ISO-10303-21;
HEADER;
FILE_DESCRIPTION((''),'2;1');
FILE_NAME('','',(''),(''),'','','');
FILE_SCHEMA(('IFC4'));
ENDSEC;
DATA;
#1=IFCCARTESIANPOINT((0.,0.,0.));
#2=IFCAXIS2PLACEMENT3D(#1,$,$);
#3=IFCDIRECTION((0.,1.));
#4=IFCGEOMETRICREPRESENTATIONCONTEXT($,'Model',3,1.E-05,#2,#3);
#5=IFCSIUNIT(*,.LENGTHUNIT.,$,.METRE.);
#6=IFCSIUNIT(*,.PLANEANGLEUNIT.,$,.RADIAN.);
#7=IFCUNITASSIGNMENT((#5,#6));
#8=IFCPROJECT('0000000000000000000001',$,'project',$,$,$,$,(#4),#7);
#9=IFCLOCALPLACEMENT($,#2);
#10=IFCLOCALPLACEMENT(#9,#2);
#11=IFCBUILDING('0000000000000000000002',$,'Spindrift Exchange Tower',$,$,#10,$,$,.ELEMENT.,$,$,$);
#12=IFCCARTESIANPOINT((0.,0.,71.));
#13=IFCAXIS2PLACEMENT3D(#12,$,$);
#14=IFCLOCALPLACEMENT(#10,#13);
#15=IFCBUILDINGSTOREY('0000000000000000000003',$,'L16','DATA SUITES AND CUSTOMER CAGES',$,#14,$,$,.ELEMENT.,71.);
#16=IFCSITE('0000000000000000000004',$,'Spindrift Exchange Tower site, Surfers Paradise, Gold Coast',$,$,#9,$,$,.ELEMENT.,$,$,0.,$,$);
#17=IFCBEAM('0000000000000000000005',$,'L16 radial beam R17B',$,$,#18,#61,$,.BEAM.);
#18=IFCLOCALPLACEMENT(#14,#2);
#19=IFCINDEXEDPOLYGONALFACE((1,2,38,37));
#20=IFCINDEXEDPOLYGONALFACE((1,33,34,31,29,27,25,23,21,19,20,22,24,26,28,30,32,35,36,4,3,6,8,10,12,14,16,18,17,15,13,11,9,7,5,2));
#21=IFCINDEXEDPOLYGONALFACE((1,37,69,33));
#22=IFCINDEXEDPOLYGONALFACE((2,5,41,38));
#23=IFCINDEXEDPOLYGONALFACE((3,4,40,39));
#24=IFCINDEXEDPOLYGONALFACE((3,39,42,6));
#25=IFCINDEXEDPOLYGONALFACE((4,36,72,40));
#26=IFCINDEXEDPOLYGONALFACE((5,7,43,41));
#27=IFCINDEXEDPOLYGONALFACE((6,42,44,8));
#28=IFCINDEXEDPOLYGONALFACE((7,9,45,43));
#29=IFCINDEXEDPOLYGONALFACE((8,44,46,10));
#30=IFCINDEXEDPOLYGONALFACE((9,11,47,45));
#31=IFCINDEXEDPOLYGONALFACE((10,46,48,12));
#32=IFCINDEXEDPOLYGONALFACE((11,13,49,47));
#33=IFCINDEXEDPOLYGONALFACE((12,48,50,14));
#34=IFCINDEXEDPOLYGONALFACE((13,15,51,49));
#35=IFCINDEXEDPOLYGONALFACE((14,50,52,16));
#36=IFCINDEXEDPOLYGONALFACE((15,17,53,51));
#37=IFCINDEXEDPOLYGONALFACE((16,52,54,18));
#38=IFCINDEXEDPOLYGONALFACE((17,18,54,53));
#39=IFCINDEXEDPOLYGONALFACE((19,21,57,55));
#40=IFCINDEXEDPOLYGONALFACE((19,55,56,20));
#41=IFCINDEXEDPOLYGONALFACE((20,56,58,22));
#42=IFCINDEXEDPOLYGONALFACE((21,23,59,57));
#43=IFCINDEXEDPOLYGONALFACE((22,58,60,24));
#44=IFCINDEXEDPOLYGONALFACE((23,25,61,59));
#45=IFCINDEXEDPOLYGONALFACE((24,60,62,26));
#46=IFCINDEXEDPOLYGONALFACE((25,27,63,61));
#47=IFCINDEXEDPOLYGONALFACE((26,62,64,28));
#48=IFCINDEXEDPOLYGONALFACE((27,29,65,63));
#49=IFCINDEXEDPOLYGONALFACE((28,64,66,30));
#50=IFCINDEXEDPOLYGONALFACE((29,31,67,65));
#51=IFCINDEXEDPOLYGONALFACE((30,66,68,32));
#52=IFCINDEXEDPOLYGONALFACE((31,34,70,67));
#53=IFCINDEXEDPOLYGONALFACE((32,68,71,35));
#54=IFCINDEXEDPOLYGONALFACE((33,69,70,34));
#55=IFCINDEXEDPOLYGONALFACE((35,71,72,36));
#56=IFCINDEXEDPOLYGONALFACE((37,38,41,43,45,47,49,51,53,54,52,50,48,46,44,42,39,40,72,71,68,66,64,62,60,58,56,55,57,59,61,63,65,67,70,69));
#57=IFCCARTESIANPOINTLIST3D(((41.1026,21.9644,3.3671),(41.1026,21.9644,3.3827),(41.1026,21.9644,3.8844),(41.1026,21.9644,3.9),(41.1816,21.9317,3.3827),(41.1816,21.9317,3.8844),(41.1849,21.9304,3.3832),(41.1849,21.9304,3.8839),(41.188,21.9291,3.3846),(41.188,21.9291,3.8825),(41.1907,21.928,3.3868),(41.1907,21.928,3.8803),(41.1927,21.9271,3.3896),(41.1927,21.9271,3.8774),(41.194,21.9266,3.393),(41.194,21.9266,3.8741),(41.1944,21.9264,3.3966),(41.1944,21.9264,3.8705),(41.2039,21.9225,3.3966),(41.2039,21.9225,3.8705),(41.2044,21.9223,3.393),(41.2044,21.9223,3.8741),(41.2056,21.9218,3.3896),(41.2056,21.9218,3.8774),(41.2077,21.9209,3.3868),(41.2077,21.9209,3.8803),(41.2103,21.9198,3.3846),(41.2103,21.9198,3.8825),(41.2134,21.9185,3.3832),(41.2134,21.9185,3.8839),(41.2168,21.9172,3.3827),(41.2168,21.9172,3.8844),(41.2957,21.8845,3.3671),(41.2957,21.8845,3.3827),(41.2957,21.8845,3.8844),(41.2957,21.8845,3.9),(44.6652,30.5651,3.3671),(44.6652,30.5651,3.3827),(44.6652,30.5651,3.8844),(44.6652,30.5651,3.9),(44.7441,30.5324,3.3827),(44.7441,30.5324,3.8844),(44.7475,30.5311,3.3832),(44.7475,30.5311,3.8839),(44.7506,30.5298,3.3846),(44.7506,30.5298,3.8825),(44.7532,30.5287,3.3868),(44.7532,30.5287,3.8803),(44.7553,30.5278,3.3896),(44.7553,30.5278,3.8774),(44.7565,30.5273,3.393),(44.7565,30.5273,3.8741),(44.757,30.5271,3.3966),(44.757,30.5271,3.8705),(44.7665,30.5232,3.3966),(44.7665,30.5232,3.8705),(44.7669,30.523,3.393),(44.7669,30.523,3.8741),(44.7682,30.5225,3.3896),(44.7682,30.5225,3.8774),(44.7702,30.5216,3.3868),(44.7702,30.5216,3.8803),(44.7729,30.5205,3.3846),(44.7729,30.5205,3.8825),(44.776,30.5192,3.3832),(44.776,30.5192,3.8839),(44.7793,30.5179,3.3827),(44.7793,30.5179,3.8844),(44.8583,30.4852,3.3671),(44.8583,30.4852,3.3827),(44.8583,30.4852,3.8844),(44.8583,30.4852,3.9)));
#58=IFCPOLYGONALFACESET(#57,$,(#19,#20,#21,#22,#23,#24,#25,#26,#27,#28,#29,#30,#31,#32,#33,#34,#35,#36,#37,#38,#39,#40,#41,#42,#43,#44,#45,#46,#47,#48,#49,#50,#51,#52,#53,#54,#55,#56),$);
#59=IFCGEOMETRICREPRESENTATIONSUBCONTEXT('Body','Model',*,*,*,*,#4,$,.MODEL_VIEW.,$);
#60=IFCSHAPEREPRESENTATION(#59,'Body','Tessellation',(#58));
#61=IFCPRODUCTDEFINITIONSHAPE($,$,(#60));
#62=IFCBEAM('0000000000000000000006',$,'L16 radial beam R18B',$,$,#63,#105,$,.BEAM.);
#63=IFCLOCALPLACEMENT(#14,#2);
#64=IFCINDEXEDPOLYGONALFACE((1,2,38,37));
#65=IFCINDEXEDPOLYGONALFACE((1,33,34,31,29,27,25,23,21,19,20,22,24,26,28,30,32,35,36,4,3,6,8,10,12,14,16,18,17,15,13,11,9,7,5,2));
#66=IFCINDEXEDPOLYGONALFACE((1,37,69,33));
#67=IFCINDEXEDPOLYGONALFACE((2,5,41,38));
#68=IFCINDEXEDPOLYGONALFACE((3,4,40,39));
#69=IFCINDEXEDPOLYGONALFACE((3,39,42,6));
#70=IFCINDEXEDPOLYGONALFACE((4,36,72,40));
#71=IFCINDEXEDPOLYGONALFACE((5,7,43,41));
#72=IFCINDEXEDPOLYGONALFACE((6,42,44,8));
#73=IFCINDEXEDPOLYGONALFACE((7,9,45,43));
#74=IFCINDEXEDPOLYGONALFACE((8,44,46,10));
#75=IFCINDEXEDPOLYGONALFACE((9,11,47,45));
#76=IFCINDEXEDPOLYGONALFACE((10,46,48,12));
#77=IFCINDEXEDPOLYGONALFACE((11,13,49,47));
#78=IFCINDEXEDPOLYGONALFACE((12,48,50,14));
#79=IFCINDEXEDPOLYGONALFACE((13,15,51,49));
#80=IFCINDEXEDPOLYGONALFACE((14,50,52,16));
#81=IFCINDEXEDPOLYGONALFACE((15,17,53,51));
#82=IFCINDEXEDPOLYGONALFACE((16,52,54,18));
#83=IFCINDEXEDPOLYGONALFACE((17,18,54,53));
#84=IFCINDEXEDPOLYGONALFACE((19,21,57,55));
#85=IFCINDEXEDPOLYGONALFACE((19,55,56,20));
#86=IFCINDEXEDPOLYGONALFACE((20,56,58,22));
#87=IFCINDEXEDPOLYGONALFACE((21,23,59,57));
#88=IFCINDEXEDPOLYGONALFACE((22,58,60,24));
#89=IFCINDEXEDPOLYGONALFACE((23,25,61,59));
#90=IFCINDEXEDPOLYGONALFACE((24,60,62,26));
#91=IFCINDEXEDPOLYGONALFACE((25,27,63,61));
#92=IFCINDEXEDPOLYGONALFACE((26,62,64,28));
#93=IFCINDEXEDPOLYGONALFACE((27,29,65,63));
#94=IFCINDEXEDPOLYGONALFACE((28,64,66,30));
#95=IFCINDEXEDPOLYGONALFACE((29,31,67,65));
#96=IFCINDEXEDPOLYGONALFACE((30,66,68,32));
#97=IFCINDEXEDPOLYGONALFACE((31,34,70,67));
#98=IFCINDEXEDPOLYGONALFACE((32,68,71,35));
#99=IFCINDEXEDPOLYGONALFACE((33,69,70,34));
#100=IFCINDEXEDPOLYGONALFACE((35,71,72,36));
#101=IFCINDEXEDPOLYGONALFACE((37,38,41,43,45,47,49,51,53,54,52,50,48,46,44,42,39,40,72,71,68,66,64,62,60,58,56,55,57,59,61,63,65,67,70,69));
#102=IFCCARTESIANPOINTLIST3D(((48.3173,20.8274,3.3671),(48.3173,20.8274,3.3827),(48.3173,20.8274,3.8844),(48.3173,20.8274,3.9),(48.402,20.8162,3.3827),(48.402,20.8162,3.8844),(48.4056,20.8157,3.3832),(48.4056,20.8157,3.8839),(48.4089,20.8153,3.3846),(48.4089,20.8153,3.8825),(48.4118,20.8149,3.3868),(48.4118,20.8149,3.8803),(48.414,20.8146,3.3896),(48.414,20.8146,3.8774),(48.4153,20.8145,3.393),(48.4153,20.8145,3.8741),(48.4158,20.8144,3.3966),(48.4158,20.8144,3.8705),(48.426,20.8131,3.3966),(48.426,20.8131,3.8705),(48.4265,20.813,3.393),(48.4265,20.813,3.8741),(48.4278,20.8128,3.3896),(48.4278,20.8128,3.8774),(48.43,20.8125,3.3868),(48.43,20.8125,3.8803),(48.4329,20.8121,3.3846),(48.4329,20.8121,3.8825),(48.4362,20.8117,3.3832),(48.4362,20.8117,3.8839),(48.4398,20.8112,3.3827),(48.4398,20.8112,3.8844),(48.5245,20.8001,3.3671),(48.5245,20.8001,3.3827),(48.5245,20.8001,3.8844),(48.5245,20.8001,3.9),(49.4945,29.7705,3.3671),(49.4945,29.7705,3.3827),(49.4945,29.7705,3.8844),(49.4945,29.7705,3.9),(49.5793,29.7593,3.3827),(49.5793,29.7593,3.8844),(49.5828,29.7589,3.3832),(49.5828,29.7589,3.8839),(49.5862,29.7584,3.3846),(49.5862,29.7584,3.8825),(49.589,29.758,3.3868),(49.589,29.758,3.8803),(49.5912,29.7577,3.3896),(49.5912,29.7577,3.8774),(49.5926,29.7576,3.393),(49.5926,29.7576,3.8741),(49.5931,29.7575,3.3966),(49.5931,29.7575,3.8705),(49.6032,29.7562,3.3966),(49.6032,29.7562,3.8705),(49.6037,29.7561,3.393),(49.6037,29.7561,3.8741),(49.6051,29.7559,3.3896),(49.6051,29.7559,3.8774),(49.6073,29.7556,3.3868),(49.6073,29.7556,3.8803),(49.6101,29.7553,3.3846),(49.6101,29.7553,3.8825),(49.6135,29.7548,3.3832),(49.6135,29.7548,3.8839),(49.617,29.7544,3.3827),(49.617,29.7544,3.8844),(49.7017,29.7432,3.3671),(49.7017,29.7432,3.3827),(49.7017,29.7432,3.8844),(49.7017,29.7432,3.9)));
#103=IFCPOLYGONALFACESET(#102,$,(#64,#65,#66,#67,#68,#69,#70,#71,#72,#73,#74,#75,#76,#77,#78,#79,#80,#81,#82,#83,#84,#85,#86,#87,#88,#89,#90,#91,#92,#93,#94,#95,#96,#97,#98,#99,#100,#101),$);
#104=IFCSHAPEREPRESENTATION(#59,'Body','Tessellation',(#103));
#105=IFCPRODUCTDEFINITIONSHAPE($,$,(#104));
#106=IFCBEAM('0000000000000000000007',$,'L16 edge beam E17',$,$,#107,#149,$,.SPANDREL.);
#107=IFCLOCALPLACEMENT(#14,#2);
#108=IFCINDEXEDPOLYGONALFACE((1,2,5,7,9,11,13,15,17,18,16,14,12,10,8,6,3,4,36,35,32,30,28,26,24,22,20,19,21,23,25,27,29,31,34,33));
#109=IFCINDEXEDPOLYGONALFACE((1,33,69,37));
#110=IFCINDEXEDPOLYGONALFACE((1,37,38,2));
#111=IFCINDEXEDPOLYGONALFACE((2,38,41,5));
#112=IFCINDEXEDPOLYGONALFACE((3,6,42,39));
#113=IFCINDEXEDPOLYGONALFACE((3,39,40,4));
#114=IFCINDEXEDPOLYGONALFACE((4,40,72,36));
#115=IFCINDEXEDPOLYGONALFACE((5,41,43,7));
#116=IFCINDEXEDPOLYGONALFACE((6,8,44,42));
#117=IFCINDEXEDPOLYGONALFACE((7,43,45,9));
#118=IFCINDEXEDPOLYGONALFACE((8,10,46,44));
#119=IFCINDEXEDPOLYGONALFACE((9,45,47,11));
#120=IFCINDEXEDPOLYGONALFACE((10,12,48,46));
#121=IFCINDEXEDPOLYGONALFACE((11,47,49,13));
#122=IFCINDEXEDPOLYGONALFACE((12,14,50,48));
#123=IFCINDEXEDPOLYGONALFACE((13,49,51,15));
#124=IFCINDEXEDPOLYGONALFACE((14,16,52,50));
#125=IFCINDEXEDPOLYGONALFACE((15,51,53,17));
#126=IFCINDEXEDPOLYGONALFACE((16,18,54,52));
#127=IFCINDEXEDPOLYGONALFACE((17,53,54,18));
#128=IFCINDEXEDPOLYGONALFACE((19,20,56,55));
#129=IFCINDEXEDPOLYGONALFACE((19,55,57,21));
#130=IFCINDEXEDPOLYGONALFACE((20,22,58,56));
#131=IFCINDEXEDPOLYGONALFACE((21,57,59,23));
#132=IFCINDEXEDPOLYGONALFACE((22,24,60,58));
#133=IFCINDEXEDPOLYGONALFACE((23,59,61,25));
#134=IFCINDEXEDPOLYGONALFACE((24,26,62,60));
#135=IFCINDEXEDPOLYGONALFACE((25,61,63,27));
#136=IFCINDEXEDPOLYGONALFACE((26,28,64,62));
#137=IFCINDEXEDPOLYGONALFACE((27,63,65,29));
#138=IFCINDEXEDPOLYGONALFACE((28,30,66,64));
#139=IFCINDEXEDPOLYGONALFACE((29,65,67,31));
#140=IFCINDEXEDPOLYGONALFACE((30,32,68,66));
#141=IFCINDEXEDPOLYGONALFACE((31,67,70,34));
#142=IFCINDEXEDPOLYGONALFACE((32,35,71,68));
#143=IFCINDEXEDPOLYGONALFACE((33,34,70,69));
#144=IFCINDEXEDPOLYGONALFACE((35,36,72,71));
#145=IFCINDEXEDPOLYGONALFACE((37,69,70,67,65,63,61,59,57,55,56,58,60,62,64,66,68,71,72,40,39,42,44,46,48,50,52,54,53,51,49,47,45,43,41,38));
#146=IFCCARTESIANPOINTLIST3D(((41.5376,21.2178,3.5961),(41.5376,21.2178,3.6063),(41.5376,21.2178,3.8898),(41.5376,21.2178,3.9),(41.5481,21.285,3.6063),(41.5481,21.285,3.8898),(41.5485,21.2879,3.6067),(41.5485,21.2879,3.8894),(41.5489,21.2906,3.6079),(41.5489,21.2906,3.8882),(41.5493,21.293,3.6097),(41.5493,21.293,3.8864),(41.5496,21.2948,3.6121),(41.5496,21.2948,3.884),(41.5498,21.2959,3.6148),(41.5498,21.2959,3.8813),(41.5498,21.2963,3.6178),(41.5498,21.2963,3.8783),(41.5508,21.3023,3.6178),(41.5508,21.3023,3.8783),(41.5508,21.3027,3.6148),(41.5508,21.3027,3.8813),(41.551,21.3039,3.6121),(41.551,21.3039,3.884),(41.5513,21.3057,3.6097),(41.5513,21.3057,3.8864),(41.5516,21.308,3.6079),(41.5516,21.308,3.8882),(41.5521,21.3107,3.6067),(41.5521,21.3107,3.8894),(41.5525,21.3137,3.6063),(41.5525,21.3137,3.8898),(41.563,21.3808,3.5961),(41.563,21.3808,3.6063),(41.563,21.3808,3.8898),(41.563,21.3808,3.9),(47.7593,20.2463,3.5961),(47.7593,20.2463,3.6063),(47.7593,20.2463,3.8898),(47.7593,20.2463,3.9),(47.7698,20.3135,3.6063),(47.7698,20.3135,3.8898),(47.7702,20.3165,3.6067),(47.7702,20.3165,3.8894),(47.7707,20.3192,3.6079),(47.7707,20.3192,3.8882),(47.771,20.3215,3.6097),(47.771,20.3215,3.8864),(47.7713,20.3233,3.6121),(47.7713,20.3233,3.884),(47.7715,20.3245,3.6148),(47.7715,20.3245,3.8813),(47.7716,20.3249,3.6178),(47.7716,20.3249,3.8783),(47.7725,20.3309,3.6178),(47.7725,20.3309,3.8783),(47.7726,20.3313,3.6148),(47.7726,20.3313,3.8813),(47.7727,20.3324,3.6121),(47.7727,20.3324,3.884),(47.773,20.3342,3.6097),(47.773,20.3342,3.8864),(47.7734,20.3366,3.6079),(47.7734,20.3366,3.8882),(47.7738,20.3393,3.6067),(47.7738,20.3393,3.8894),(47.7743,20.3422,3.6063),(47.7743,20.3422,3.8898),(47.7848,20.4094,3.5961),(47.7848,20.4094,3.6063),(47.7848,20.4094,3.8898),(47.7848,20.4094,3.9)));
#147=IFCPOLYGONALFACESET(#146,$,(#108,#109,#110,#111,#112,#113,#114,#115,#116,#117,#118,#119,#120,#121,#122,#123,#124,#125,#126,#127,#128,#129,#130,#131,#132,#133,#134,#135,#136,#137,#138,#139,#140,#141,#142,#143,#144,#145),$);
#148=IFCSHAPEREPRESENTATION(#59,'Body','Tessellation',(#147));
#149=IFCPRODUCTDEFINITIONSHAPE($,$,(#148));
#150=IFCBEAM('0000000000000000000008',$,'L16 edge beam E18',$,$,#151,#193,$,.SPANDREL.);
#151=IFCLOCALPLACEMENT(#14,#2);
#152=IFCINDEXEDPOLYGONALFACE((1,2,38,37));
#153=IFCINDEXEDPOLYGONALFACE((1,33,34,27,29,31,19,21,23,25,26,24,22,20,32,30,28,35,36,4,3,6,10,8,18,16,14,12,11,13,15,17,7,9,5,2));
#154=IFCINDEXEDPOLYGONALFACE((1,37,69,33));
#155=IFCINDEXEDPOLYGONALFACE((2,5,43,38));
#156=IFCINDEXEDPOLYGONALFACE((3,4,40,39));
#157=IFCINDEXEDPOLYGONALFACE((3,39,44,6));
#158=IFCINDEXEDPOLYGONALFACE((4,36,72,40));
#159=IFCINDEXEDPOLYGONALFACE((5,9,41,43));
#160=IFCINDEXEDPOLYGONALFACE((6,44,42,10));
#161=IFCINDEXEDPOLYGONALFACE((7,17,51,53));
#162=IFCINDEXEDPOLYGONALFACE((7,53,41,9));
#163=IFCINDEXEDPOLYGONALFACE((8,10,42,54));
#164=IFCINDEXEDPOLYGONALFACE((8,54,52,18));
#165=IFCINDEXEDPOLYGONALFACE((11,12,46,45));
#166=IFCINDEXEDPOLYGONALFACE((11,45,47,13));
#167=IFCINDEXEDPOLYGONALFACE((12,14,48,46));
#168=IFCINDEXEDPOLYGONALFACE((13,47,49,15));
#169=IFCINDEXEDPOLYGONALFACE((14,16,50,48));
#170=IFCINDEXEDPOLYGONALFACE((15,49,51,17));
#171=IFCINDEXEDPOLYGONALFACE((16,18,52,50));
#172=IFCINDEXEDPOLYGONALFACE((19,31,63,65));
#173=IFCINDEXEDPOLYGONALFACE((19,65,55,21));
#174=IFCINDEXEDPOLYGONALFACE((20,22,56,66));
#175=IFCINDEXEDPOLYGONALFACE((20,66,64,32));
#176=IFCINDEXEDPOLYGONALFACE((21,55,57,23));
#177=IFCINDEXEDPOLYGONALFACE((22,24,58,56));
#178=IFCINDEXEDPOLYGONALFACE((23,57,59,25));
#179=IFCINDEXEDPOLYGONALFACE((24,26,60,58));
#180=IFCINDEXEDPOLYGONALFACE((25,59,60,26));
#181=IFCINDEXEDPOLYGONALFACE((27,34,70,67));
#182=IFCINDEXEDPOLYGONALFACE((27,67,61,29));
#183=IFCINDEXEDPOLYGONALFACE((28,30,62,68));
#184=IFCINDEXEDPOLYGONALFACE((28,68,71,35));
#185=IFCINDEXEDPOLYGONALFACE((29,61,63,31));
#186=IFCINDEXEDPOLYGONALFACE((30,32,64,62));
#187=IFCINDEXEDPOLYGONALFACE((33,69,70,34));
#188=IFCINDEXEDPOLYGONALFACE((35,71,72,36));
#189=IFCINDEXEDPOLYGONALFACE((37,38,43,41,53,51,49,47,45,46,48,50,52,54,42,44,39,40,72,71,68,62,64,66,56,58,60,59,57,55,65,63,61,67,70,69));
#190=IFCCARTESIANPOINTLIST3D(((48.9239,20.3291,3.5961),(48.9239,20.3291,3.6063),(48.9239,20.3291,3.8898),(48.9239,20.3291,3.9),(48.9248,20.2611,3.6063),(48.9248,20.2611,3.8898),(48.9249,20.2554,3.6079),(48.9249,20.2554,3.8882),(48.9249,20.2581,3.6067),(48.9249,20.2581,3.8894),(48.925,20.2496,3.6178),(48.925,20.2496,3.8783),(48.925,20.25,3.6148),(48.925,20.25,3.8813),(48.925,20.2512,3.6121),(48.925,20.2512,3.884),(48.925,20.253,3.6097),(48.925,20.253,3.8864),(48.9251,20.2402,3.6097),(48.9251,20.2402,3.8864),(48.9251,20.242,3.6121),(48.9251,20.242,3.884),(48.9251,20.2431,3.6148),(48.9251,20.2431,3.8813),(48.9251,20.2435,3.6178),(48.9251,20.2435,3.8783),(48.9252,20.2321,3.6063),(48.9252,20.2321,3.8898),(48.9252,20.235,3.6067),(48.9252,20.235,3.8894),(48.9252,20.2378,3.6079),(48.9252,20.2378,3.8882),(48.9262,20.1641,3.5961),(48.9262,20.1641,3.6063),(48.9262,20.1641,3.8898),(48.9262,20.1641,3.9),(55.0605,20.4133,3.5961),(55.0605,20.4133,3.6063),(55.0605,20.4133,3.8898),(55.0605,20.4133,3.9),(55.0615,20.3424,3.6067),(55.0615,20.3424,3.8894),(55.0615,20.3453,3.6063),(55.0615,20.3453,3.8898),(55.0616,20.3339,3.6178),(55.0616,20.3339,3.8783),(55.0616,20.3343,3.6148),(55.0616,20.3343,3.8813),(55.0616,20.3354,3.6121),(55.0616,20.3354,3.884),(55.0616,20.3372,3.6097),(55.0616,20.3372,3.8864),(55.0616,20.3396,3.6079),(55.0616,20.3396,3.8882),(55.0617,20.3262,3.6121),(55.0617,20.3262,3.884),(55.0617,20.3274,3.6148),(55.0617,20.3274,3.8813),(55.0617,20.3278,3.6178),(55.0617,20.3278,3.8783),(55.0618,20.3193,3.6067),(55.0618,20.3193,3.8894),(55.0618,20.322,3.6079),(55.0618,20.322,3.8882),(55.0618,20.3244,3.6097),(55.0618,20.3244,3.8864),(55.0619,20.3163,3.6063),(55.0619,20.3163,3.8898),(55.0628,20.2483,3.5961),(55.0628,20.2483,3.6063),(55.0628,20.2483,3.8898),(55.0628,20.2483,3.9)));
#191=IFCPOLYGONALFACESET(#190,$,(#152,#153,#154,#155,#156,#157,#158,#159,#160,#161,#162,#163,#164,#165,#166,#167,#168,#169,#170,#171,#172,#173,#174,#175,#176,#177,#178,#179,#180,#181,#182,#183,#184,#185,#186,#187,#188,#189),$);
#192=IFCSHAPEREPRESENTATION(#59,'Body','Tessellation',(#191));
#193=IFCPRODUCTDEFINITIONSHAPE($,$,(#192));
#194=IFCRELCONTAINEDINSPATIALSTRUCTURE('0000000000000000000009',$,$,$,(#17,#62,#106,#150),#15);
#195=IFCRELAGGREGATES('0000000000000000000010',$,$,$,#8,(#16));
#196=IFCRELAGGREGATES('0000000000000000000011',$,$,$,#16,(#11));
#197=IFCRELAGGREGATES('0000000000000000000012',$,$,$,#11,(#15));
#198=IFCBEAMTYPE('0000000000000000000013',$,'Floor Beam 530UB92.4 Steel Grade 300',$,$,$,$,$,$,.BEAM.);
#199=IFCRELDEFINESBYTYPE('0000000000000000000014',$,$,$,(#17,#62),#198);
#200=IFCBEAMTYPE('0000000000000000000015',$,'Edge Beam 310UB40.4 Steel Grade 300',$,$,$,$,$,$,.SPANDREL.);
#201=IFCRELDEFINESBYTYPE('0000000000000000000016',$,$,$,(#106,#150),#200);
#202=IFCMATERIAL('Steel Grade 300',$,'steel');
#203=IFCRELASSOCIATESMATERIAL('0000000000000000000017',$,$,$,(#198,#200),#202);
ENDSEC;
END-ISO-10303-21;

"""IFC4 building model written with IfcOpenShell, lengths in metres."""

from ifc_helpers import new_model, si_unit, direction, frame, origin, origin_2d, place, context, subcontext, project, spatial, i_section, extrude, source, transform, mapped, material, material_profile, profile_set, type_object, element, save


model = new_model("IFC4")

# Units and contexts
model_context = context("Model", 3, precision=1e-05, world=origin(), true_north=direction((0.0, 1.0)))
body_context = subcontext(model_context, "Body", "Model", "MODEL_VIEW")
ifc_project = project(units=[si_unit("LENGTHUNIT", "METRE"), si_unit("PLANEANGLEUNIT", "RADIAN")], contexts=[model_context])

# Site, building, storey
site_placement = place(None, origin())
site = spatial("IfcSite", under=ifc_project, at=site_placement, Name="Spindrift Exchange Tower site, Surfers Paradise, Gold Coast", CompositionType="ELEMENT", RefElevation=0.0)
building_placement = place(site_placement, origin())
building = spatial("IfcBuilding", under=site, at=building_placement, Name="Spindrift Exchange Tower", CompositionType="ELEMENT")
storey_placement = place(building_placement, frame((0.0, 0.0, 71.0)))
storey = spatial("IfcBuildingStorey", under=building, at=storey_placement, Name="L16", Description="DATA SUITES AND CUSTOMER CAGES", CompositionType="ELEMENT", Elevation=71.0)

# Beams
ifc_material_1 = material(Name="Steel Grade 300", Category="steel")
ifc_material_profile_1 = material_profile(ifc_material_1, i_section(OverallWidth=0.209, OverallDepth=0.533, WebThickness=0.0103, FlangeThickness=0.0156, FilletRadius=0.0139, at=origin_2d()), Name="530UB92.4")
ifc_profile_set_1 = profile_set([ifc_material_profile_1], Name="Steel Grade 300")
beam_type_1 = type_object("IfcBeamType", Name="Floor Beam 530UB92.4 Steel Grade 300", PredefinedType="BEAM", material=ifc_profile_set_1)
shared_shape_1 = source(origin(), body_context, "Body", "SweptSolid", [
    extrude(i_section(OverallWidth=0.209, OverallDepth=0.533, WebThickness=0.0103, FlangeThickness=0.0156, FilletRadius=0.0139, at=origin_2d()), origin(), (0.0, 0.0, 1.0), 9.3093),
])
beam_1_placement = place(storey_placement, frame((44.7617, 30.5251, 3.6335), z_axis=(-0.382685, -0.923879, 0.0), x_axis=(0.923879, -0.382685, 0.0)))
element("IfcBeam", 1, at=beam_1_placement, inside=storey, type_object=beam_type_1, Name="L16 radial beam R17B", PredefinedType="BEAM", context=body_context, shape_type="MappedRepresentation", body=[
    mapped(shared_shape_1, transform((0.0, 0.0, 0.0), scale=1.0)),
])
shared_shape_2 = source(origin(), body_context, "Body", "SweptSolid", [
    extrude(i_section(OverallWidth=0.209, OverallDepth=0.533, WebThickness=0.0103, FlangeThickness=0.0156, FilletRadius=0.0139, at=origin_2d()), origin(), (0.0, 0.0, 1.0), 9.0203),
])
beam_2_placement = place(storey_placement, frame((49.5981, 29.7568, 3.6335), z_axis=(-0.130511, -0.991447, 0.0), x_axis=(0.991447, -0.130511, 0.0)))
element("IfcBeam", 2, at=beam_2_placement, inside=storey, type_object=beam_type_1, Name="L16 radial beam R18B", PredefinedType="BEAM", context=body_context, shape_type="MappedRepresentation", body=[
    mapped(shared_shape_2, transform((0.0, 0.0, 0.0), scale=1.0)),
])
ifc_material_profile_2 = material_profile(ifc_material_1, i_section(OverallWidth=0.165, OverallDepth=0.304, WebThickness=0.0061, FlangeThickness=0.0103, FilletRadius=0.0115, at=origin_2d()), Name="310UB40.4")
ifc_profile_set_2 = profile_set([ifc_material_profile_2], Name="Steel Grade 300")
beam_type_2 = type_object("IfcBeamType", Name="Edge Beam 310UB40.4 Steel Grade 300", PredefinedType="SPANDREL", material=ifc_profile_set_2)
shared_shape_3 = source(origin(), body_context, "Body", "SweptSolid", [
    extrude(i_section(OverallWidth=0.165, OverallDepth=0.304, WebThickness=0.0061, FlangeThickness=0.0103, FilletRadius=0.0115, at=origin_2d()), origin(), (0.0, 0.0, 1.0), 6.2971),
])
beam_3_placement = place(storey_placement, frame((41.5503, 21.2993, 3.748), z_axis=(0.988029, -0.154268, 0.0), x_axis=(0.154268, 0.988029, 0.0)))
element("IfcBeam", 3, at=beam_3_placement, inside=storey, type_object=beam_type_2, Name="L16 edge beam E17", PredefinedType="SPANDREL", context=body_context, shape_type="MappedRepresentation", body=[
    mapped(shared_shape_3, transform((0.0, 0.0, 0.0), scale=1.0)),
])
shared_shape_4 = source(origin(), body_context, "Body", "SweptSolid", [
    extrude(i_section(OverallWidth=0.165, OverallDepth=0.304, WebThickness=0.0061, FlangeThickness=0.0103, FilletRadius=0.0115, at=origin_2d()), origin(), (0.0, 0.0, 1.0), 6.1372),
])
beam_4_placement = place(storey_placement, frame((48.925, 20.2466, 3.748), z_axis=(0.999906, 0.013724, 0.0), x_axis=(-0.013724, 0.999906, 0.0)))
element("IfcBeam", 4, at=beam_4_placement, inside=storey, type_object=beam_type_2, Name="L16 edge beam E18", PredefinedType="SPANDREL", context=body_context, shape_type="MappedRepresentation", body=[
    mapped(shared_shape_4, transform((0.0, 0.0, 0.0), scale=1.0)),
])

save(model, "model.ifc")
